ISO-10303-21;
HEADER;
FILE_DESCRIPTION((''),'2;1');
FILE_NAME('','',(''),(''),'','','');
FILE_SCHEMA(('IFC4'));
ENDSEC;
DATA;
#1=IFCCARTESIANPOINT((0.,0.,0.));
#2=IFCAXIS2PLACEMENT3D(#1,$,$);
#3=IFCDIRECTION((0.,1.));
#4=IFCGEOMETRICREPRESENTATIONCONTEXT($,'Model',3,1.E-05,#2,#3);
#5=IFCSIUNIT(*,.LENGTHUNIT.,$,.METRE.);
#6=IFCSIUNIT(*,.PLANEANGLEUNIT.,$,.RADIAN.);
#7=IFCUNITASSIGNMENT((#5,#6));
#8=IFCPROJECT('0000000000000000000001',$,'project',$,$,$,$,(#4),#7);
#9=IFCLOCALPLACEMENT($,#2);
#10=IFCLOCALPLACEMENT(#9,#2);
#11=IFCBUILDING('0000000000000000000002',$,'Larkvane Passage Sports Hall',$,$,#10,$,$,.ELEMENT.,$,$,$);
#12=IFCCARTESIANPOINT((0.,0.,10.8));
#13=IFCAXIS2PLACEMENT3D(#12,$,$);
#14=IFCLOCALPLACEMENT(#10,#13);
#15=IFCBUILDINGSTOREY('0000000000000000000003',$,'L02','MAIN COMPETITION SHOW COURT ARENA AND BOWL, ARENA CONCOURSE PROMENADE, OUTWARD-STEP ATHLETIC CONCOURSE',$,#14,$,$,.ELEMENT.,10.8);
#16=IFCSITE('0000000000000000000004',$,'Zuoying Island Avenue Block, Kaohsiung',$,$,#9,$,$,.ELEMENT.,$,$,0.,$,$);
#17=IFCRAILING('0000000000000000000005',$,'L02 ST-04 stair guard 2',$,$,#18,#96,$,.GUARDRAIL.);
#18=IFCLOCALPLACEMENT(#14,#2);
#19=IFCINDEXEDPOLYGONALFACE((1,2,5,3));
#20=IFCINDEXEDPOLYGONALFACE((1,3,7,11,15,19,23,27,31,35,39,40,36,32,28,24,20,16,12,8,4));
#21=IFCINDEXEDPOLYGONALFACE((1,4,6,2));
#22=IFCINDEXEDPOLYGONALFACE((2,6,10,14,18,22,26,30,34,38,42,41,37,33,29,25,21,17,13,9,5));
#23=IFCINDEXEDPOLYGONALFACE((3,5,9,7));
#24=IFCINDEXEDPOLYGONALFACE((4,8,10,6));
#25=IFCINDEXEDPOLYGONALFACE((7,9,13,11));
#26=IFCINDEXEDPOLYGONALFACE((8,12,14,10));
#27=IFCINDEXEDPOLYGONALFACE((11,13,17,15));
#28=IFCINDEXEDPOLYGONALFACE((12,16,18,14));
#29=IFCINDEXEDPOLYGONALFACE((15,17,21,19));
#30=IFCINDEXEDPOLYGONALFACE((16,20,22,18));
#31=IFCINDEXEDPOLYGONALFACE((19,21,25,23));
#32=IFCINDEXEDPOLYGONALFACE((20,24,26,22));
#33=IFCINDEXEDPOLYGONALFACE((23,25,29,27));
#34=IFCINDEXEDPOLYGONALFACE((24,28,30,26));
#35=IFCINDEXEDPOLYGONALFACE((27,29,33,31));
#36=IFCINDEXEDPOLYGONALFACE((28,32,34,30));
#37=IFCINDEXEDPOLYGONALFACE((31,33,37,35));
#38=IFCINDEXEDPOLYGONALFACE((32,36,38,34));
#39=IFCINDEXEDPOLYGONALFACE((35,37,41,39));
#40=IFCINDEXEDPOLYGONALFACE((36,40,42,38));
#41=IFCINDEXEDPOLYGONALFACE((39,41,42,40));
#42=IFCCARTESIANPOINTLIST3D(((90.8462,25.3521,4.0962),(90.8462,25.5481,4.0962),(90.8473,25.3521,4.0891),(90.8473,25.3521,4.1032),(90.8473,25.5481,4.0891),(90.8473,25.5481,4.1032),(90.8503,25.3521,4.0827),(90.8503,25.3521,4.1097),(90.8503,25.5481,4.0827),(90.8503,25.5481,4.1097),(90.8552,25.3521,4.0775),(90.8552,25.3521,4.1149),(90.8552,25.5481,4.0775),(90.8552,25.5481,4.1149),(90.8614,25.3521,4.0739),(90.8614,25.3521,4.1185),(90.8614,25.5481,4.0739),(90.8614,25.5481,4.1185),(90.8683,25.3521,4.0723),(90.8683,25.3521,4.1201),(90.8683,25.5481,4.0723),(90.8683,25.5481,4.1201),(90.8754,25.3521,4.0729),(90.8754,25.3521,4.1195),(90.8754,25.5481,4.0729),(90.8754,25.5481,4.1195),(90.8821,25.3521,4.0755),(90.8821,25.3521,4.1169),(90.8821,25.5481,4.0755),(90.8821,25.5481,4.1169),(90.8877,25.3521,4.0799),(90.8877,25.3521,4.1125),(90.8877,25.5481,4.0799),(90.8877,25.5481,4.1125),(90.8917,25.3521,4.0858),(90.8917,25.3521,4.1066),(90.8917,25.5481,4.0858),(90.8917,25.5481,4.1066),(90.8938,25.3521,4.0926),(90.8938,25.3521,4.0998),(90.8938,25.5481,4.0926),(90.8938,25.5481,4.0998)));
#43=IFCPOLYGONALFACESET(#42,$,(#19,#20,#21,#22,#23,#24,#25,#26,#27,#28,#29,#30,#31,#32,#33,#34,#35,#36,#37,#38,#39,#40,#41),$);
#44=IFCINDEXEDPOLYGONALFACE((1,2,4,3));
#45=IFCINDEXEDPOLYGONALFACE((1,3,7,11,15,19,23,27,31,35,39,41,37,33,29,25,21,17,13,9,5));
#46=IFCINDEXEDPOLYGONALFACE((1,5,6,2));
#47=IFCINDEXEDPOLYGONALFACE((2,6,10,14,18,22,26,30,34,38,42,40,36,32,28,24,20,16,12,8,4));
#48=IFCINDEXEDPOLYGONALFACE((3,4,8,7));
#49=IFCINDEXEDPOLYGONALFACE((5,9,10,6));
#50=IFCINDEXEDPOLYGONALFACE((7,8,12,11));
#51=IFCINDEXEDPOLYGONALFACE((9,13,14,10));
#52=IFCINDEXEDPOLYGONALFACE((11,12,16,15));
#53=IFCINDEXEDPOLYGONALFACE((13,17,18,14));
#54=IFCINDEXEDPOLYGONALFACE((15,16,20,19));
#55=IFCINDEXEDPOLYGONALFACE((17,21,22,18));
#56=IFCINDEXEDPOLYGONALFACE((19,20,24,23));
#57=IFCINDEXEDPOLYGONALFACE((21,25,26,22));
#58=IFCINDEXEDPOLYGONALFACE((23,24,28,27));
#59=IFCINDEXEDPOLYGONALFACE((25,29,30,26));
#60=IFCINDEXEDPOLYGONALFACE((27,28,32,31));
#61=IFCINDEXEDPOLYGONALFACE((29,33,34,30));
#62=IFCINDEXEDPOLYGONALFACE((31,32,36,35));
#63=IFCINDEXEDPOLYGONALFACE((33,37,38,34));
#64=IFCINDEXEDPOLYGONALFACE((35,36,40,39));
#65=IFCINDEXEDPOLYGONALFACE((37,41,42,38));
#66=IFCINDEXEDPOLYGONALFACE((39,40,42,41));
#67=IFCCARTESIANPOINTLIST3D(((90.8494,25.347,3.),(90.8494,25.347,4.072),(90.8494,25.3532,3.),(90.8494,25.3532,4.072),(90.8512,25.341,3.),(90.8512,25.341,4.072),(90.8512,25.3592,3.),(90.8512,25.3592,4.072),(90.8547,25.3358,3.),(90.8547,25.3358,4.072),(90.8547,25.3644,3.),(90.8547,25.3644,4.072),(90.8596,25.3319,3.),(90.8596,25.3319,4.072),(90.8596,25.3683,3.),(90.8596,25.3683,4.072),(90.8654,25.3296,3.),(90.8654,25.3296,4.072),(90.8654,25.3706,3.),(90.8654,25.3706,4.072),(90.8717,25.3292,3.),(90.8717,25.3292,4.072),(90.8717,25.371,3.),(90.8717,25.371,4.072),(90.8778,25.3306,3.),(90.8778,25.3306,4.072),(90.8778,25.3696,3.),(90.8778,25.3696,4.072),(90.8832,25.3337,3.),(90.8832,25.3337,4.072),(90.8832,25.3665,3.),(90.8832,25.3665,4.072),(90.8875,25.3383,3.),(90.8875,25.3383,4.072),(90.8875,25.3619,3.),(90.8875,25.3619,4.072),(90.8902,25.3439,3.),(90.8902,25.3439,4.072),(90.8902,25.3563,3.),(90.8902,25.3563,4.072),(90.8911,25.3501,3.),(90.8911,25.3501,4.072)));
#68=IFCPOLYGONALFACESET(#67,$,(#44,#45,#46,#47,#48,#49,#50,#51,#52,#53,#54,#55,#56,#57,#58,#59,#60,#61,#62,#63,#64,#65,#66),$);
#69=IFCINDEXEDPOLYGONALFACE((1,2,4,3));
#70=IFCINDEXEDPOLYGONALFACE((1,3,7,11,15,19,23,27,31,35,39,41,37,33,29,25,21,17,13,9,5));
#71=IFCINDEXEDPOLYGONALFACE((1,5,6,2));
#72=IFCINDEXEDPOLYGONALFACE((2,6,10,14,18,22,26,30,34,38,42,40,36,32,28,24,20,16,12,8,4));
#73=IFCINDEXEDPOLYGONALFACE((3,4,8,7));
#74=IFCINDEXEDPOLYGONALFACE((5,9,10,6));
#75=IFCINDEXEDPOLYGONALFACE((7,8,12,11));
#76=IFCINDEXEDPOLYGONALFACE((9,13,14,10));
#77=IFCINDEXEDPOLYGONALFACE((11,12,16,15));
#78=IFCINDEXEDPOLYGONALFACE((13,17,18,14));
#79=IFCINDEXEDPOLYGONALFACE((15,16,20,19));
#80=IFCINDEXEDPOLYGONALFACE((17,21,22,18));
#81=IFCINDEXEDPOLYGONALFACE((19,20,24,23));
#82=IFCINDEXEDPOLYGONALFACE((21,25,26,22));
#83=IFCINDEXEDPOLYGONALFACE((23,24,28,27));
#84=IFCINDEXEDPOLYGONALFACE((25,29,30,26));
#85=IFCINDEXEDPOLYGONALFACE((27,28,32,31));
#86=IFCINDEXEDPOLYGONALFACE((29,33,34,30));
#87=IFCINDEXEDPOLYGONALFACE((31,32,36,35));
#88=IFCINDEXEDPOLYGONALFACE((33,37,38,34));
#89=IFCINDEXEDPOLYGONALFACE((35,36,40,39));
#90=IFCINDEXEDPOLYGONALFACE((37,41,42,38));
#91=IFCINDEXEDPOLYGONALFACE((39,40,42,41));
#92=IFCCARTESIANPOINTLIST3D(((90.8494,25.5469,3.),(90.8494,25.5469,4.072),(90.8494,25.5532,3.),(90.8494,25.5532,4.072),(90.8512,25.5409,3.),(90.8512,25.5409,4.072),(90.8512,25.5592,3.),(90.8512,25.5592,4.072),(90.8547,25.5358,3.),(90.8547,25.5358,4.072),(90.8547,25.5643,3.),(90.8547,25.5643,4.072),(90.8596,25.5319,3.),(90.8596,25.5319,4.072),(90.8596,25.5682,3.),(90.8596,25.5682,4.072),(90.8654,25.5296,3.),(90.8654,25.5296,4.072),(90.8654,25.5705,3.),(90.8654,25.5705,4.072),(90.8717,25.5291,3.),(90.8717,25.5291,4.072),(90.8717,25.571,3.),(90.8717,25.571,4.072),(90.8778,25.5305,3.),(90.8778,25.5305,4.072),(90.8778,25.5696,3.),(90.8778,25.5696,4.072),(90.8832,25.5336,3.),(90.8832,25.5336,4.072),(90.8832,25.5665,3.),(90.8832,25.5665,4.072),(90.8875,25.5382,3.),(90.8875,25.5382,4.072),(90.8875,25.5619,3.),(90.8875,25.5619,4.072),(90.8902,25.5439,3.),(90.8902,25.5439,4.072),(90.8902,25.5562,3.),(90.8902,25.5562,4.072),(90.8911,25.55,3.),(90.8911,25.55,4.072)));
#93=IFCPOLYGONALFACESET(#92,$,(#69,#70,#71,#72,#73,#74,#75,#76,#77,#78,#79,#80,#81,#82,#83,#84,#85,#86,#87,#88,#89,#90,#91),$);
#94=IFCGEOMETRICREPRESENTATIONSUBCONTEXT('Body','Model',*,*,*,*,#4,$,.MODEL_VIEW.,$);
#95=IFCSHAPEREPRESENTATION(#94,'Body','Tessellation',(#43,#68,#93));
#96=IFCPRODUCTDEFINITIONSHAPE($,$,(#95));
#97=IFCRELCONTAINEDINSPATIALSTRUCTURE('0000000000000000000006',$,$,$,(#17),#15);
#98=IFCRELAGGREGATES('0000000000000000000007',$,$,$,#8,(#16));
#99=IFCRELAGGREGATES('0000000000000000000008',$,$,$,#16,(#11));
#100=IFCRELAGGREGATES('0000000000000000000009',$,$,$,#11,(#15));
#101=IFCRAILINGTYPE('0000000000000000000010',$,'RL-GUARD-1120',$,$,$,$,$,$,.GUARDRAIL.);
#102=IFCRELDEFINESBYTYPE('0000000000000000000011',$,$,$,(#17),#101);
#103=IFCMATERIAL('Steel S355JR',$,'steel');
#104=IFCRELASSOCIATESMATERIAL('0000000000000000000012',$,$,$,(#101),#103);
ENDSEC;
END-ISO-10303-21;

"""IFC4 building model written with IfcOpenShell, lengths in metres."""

from ifc_helpers import new_model, si_unit, direction, frame, origin, origin_2d, place, context, subcontext, project, spatial, circle, extrude, material, type_object, element, save


model = new_model("IFC4")

# Units and contexts
model_context = context("Model", 3, precision=1e-05, world=origin(), true_north=direction((0.0, 1.0)))
body_context = subcontext(model_context, "Body", "Model", "MODEL_VIEW")
ifc_project = project(units=[si_unit("LENGTHUNIT", "METRE"), si_unit("PLANEANGLEUNIT", "RADIAN")], contexts=[model_context])

# Site, building, storey
site_placement = place(None, origin())
site = spatial("IfcSite", under=ifc_project, at=site_placement, Name="Zuoying Island Avenue Block, Kaohsiung", CompositionType="ELEMENT", RefElevation=0.0)
building_placement = place(site_placement, origin())
building = spatial("IfcBuilding", under=site, at=building_placement, Name="Larkvane Passage Sports Hall", CompositionType="ELEMENT")
storey_placement = place(building_placement, frame((0.0, 0.0, 10.8)))
storey = spatial("IfcBuildingStorey", under=building, at=storey_placement, Name="L02", Description="MAIN COMPETITION SHOW COURT ARENA AND BOWL, ARENA CONCOURSE PROMENADE, OUTWARD-STEP ATHLETIC CONCOURSE", CompositionType="ELEMENT", Elevation=10.8)

# Shared definitions
ifc_material_1 = material(Name="Steel S355JR", Category="steel")

# Railing
railing_type_1 = type_object("IfcRailingType", Name="RL-GUARD-1120", PredefinedType="GUARDRAIL", material=ifc_material_1)
railing_1_placement = place(storey_placement, frame((90.8701, 25.3501, 3.0)))
element("IfcRailing", 1, at=railing_1_placement, inside=storey, type_object=railing_type_1, Name="L02 ST-04 stair guard 2", PredefinedType="GUARDRAIL", context=body_context, shape_type="SweptSolid", body=[
    extrude(circle(Radius=0.0239, at=origin_2d()), frame((0.0, 0.002, 1.0962), z_axis=(0.0, 1.0, 0.0), x_axis=(-1.0, 0.0, 0.0)), (0.0, 0.0, 1.0), 0.196),
    extrude(circle(Radius=0.021, at=origin_2d()), origin(), (0.0, 0.0, 1.0), 1.072),
    extrude(circle(Radius=0.021, at=origin_2d()), frame((0.0, 0.2, 0.0)), (0.0, 0.0, 1.0), 1.072),
])

save(model, "model.ifc")
